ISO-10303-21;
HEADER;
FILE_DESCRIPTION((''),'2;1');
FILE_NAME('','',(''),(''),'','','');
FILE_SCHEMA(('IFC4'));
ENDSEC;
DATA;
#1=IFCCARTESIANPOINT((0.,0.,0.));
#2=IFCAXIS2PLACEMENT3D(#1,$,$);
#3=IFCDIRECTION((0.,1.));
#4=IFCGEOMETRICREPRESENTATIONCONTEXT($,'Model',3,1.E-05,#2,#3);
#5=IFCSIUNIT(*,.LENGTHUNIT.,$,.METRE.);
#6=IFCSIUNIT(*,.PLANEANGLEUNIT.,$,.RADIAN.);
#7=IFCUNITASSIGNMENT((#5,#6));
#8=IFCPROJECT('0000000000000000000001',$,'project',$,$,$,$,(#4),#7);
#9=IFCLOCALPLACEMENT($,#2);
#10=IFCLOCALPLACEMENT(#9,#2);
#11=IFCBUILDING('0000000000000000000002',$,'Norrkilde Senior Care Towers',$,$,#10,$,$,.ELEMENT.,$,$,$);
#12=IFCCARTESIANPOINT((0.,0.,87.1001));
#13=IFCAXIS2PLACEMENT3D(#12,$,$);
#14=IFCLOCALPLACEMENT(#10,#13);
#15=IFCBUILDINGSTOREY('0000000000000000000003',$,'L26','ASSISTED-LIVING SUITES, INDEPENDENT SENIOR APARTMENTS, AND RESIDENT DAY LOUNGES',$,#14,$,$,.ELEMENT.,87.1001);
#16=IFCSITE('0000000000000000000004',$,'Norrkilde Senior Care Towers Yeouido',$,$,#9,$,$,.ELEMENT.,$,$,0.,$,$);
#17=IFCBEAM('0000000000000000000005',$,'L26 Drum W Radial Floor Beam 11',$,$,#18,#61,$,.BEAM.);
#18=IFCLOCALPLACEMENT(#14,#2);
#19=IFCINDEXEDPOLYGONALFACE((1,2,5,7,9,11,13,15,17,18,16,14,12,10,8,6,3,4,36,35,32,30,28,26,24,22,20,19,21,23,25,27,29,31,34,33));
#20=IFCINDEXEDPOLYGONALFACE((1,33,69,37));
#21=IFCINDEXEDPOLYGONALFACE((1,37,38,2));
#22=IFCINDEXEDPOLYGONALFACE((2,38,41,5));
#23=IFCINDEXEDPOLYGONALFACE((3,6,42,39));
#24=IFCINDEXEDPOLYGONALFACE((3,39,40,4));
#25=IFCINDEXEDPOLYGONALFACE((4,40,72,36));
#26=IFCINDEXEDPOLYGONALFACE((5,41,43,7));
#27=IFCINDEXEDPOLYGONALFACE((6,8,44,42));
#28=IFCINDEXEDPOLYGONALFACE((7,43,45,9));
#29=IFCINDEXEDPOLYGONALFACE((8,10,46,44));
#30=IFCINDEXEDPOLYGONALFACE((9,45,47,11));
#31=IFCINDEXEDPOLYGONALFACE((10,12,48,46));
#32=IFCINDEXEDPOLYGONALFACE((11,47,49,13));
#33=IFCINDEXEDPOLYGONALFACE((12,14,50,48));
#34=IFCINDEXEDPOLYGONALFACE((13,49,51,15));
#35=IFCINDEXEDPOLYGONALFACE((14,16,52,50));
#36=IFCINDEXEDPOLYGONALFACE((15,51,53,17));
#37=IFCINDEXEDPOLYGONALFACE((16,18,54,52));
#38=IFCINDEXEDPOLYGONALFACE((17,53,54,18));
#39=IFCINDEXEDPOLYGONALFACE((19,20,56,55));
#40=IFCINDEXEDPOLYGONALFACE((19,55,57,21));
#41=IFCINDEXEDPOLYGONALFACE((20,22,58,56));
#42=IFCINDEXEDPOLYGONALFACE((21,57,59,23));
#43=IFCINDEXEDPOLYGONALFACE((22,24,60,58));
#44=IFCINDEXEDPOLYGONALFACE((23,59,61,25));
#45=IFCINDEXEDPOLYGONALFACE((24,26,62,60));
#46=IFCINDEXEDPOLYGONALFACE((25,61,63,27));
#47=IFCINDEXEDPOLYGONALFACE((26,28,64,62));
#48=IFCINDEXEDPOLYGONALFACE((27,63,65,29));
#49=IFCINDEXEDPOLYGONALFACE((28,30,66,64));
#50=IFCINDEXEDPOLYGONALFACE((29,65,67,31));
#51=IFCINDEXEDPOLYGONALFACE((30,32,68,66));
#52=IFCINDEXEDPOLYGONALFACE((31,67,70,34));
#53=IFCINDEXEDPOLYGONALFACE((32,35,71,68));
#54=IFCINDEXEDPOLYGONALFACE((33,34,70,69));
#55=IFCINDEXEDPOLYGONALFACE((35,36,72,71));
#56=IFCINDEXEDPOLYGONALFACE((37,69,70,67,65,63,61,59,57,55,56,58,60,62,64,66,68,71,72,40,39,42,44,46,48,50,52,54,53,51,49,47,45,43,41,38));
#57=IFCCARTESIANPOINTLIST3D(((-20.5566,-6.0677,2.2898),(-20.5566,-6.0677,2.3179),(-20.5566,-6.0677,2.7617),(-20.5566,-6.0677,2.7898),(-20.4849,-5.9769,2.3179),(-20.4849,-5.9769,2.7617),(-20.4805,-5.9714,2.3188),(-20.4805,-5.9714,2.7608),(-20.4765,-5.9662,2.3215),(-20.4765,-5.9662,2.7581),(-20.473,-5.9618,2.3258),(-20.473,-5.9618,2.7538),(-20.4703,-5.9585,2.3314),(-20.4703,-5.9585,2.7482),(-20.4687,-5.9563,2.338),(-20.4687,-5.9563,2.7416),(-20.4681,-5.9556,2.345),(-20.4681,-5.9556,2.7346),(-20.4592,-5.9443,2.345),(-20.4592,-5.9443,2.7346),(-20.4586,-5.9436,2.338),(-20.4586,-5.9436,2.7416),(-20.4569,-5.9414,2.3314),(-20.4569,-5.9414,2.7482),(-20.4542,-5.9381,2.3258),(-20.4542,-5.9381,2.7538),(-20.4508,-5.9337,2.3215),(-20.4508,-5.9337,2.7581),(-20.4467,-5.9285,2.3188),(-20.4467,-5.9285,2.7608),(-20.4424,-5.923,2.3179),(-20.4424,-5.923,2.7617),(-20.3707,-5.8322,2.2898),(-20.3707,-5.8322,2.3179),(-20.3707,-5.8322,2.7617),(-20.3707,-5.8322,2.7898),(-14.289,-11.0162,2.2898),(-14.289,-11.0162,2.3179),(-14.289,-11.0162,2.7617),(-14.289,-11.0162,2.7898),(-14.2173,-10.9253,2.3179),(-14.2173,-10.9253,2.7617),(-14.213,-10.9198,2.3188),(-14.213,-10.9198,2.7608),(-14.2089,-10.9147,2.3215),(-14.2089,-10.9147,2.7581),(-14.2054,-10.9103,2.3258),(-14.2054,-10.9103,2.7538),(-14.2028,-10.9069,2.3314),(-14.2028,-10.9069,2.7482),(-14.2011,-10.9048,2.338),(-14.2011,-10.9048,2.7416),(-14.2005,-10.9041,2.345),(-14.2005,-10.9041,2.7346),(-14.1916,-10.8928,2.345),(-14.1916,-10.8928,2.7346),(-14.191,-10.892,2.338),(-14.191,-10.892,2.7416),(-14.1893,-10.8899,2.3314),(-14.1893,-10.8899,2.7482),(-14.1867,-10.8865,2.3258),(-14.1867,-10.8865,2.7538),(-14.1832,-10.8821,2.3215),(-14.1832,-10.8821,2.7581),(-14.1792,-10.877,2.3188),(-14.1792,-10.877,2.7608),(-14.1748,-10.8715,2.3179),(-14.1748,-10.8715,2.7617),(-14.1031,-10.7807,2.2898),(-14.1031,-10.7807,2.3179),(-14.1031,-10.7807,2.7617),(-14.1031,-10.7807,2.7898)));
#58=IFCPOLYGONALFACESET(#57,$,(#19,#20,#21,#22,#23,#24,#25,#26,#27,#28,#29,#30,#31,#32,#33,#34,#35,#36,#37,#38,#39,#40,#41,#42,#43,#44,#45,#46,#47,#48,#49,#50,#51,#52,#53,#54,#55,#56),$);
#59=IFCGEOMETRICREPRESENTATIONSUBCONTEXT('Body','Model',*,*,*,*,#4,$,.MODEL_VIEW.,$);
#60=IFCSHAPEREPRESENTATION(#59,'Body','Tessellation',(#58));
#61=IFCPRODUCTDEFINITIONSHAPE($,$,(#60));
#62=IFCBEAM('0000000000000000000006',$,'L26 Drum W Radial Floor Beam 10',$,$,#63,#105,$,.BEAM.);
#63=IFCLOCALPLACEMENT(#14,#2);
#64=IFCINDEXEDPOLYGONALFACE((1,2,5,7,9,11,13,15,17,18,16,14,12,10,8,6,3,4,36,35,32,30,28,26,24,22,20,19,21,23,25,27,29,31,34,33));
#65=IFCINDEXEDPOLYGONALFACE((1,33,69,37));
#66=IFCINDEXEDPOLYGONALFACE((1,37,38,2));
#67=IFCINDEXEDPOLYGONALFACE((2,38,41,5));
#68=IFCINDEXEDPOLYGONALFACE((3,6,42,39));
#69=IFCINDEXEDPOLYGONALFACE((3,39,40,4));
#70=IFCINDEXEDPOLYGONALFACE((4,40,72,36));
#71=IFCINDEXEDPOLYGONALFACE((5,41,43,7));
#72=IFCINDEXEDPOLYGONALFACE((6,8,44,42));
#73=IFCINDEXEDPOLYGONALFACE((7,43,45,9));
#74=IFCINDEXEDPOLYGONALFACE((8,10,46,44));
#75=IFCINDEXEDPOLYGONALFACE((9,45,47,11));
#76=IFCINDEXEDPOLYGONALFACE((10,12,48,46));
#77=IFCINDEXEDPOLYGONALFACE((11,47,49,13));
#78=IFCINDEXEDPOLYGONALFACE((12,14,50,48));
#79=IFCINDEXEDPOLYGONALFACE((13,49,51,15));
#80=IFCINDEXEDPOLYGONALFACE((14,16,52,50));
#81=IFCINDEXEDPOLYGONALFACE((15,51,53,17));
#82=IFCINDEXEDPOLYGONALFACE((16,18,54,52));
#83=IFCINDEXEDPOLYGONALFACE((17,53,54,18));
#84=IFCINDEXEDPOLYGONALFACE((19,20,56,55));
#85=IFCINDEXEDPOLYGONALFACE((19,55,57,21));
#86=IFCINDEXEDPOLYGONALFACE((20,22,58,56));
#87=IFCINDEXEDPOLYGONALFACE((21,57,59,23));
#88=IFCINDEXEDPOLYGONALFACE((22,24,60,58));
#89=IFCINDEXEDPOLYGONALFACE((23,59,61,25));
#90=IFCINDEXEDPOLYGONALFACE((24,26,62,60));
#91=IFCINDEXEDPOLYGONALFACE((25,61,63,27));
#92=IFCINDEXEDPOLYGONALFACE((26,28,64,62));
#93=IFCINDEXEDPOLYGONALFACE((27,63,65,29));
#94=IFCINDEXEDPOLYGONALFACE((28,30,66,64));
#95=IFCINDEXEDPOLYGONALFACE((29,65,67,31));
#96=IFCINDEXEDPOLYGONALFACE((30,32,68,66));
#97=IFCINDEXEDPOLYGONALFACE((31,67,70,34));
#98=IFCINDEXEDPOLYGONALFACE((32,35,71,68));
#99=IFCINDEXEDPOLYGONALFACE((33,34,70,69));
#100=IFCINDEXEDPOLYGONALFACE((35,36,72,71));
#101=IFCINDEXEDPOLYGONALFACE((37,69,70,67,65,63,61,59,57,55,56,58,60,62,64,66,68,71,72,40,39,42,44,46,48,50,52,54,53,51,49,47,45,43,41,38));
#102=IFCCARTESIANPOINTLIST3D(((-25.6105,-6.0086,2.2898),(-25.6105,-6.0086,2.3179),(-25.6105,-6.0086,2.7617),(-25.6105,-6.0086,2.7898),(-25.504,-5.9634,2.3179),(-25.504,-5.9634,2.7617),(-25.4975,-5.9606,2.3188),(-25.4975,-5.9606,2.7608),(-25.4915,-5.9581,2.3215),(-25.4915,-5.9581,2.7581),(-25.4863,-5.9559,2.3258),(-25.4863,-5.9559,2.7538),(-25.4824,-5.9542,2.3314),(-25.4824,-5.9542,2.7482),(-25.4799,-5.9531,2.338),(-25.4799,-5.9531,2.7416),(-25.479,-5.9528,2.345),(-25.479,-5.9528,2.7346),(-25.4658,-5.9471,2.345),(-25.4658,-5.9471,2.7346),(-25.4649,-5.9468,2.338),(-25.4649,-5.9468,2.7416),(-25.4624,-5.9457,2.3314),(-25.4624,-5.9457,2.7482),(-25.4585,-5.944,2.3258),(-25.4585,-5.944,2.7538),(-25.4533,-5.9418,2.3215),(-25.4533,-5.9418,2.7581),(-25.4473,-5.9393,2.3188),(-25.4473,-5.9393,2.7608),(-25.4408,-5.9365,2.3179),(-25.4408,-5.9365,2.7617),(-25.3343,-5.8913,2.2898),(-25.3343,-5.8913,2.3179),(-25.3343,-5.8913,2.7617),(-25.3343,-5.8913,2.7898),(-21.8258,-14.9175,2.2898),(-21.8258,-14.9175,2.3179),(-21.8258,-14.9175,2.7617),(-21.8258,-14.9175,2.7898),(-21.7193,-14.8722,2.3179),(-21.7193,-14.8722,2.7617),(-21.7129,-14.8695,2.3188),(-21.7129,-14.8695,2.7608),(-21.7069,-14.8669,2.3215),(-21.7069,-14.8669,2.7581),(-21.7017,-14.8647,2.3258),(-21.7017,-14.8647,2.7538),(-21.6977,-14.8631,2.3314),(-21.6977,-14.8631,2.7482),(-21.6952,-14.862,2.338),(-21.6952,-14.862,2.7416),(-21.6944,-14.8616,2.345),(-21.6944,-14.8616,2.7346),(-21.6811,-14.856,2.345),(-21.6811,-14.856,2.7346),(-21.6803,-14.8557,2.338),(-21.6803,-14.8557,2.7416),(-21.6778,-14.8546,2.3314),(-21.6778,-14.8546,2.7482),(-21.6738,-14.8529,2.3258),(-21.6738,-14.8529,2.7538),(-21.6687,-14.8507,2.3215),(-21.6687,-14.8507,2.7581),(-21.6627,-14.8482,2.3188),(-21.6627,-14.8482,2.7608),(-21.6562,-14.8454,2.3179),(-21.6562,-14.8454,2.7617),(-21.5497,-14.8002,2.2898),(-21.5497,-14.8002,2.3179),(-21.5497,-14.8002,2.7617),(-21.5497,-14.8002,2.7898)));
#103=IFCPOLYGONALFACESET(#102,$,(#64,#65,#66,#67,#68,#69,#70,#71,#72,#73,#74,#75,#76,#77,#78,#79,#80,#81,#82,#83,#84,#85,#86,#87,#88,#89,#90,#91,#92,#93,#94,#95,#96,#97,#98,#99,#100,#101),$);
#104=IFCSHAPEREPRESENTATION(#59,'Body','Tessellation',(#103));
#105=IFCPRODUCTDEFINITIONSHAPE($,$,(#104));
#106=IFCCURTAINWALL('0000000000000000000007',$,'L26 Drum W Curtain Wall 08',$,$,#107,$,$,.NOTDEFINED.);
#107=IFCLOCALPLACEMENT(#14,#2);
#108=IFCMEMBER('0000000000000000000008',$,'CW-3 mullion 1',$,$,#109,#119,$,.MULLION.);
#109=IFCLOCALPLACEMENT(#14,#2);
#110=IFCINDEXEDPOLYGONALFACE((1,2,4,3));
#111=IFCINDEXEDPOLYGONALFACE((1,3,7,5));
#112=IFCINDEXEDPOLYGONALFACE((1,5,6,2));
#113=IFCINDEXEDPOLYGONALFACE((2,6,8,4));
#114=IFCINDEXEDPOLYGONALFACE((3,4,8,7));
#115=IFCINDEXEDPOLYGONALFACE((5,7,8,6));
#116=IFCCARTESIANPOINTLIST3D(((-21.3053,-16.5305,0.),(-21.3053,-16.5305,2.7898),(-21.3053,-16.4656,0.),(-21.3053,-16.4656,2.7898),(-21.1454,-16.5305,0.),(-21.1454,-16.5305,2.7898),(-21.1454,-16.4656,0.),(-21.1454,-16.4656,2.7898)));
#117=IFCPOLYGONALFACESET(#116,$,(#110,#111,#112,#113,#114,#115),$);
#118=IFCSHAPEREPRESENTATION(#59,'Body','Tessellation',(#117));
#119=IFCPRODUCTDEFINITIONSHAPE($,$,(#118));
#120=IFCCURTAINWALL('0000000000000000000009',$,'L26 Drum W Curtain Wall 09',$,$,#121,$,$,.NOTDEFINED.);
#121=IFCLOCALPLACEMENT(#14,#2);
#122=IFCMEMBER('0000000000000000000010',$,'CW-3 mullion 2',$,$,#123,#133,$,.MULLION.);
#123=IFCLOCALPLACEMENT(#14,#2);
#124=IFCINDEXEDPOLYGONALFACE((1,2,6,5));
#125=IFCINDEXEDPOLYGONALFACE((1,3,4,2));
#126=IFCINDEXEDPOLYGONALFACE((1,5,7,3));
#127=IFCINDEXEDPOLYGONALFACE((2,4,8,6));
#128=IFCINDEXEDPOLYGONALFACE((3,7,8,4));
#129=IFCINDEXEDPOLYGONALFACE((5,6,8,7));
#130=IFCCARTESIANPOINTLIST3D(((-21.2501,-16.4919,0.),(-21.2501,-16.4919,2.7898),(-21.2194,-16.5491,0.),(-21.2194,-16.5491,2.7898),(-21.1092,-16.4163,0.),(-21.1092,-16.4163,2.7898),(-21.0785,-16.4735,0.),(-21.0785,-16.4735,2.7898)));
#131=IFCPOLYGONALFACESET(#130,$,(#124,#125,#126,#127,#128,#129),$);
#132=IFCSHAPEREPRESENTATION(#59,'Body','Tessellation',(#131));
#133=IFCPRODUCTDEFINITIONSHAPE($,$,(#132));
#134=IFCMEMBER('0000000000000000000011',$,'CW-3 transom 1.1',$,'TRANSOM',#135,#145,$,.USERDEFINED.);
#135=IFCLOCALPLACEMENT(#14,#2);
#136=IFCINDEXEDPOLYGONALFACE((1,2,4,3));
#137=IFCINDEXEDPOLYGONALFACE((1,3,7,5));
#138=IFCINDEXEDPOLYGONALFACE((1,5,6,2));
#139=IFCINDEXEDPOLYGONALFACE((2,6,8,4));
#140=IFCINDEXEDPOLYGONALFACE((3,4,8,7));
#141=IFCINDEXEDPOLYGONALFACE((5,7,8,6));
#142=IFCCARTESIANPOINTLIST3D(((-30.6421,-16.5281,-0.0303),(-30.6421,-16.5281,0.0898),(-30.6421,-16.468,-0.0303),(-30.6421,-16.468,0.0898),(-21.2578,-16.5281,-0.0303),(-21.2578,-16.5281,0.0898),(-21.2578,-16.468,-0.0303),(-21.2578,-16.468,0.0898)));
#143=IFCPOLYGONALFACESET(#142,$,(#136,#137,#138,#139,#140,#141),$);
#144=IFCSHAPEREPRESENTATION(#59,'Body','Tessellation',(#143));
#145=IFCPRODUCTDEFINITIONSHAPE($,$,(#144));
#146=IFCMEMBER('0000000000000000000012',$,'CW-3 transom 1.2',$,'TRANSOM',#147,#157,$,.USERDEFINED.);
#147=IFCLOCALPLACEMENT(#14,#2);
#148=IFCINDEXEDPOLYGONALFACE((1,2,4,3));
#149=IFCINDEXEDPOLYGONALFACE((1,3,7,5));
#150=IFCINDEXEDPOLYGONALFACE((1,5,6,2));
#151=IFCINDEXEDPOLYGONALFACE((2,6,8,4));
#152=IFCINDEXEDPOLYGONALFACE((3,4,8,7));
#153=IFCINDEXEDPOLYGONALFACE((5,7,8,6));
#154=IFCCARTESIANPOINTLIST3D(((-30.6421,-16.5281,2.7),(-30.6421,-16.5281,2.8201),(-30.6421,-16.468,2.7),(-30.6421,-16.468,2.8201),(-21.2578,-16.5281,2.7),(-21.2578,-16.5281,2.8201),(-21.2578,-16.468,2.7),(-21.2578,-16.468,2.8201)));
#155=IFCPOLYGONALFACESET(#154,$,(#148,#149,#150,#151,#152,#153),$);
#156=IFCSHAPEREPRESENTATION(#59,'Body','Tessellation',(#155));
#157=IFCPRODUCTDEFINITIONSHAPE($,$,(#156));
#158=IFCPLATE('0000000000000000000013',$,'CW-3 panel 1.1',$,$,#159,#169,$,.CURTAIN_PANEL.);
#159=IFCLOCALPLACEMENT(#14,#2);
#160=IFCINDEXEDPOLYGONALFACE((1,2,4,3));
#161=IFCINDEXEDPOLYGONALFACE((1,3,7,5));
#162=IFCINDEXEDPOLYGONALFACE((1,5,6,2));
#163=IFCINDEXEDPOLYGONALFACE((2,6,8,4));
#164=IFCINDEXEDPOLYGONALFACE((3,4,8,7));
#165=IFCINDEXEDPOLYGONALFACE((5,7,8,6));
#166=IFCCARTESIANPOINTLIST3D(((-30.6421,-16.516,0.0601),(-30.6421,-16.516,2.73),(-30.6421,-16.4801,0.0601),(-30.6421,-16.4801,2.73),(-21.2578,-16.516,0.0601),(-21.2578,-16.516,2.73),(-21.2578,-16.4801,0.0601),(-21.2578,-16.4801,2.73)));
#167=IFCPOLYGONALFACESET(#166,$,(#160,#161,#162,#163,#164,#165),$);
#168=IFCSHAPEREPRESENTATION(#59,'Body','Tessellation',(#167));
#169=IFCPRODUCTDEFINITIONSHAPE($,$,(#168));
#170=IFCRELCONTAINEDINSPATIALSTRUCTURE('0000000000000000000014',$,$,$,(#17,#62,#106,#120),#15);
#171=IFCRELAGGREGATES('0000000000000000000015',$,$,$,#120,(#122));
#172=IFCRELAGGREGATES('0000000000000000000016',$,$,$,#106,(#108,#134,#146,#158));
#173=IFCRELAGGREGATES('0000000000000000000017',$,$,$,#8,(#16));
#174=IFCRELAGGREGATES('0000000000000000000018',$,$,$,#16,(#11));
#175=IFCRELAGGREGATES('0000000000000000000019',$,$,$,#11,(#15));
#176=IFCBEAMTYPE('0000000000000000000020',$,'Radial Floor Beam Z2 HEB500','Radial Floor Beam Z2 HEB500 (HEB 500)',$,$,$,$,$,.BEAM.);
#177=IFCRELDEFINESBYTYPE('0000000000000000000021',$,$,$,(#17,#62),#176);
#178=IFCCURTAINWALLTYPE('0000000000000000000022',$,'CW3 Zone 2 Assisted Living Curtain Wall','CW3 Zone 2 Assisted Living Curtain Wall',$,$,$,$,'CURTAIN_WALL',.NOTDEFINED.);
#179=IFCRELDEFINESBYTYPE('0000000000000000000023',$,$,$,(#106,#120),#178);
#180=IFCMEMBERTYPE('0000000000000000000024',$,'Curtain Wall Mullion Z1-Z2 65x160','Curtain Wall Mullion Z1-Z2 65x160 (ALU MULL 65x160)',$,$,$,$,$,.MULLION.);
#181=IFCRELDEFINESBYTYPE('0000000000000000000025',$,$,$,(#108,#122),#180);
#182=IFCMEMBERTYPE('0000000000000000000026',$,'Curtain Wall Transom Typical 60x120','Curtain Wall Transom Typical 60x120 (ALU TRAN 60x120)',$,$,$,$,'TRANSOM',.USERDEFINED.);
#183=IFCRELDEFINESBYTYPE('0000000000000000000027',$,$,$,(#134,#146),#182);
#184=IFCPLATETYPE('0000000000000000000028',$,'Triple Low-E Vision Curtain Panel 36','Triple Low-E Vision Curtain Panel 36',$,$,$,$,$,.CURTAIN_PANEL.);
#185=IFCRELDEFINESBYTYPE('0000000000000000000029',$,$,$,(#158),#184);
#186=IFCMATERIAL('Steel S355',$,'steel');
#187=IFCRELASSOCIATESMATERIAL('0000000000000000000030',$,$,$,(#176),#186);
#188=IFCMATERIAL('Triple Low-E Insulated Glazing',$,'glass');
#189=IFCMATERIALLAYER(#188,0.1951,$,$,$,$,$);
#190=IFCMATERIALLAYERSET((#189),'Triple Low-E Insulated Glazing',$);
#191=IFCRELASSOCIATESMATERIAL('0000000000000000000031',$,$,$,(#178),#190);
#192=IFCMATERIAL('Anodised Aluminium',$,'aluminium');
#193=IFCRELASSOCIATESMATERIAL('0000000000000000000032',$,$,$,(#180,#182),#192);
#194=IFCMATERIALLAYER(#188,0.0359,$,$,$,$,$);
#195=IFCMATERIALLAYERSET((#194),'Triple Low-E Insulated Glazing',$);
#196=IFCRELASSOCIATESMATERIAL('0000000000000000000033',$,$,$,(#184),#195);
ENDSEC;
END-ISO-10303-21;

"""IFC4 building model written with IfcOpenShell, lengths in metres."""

from ifc_helpers import new_model, si_unit, direction, frame, origin, origin_2d, place, context, subcontext, project, spatial, rectangle, i_section, extrude, source, transform, mapped, material, layer, layer_set, material_profile, profile_set, type_object, type_shapes, element, aggregate, save


model = new_model("IFC4")

# Units and contexts
model_context = context("Model", 3, precision=1e-05, world=origin(), true_north=direction((0.0, 1.0)))
body_context = subcontext(model_context, "Body", "Model", "MODEL_VIEW")
ifc_project = project(units=[si_unit("LENGTHUNIT", "METRE"), si_unit("PLANEANGLEUNIT", "RADIAN")], contexts=[model_context])

# Site, building, storey
site_placement = place(None, origin())
site = spatial("IfcSite", under=ifc_project, at=site_placement, Name="Norrkilde Senior Care Towers Yeouido", CompositionType="ELEMENT", RefElevation=0.0)
building_placement = place(site_placement, origin())
building = spatial("IfcBuilding", under=site, at=building_placement, Name="Norrkilde Senior Care Towers", CompositionType="ELEMENT")
storey_placement = place(building_placement, frame((0.0, 0.0, 87.1001)))
storey = spatial("IfcBuildingStorey", under=building, at=storey_placement, Name="L26", Description="ASSISTED-LIVING SUITES, INDEPENDENT SENIOR APARTMENTS, AND RESIDENT DAY LOUNGES", CompositionType="ELEMENT", Elevation=87.1001)

# Beams
ifc_material_1 = material(Name="Steel S355", Category="steel")
ifc_material_profile_1 = material_profile(ifc_material_1, i_section(OverallWidth=0.3, OverallDepth=0.5, WebThickness=0.0144, FlangeThickness=0.0281, FilletRadius=0.0271, at=origin_2d()), Name="HEB 500")
ifc_profile_set_1 = profile_set([ifc_material_profile_1], Name="Steel S355")
beam_type_1 = type_object("IfcBeamType", Name="Radial Floor Beam Z2 HEB500", Description="Radial Floor Beam Z2 HEB500 (HEB 500)", PredefinedType="BEAM", material=ifc_profile_set_1)
shared_shape_1 = source(origin(), body_context, "Body", "SweptSolid", [
    extrude(i_section(OverallWidth=0.3, OverallDepth=0.5, WebThickness=0.0144, FlangeThickness=0.0281, FilletRadius=0.0271, at=origin_2d()), origin(), (0.0, 0.0, 1.0), 7.9856),
])
beam_1_placement = place(storey_placement, frame((-20.4636, -5.95, 2.5398), z_axis=(0.784859, -0.619675, 0.0), x_axis=(0.619675, 0.784859, 0.0)))
element("IfcBeam", 1, at=beam_1_placement, inside=storey, type_object=beam_type_1, Name="L26 Drum W Radial Floor Beam 11", PredefinedType="BEAM", context=body_context, shape_type="MappedRepresentation", body=[
    mapped(shared_shape_1, transform((0.0, 0.0, 0.0), x_axis=(1.0, 0.0, 0.0), y_axis=(0.0, 1.0, 0.0), z_axis=(0.0, 0.0, 1.0), scale=1.0)),
])
shared_shape_2 = source(origin(), body_context, "Body", "SweptSolid", [
    extrude(i_section(OverallWidth=0.3, OverallDepth=0.5, WebThickness=0.0144, FlangeThickness=0.0281, FilletRadius=0.0271, at=origin_2d()), origin(), (0.0, 0.0, 1.0), 9.6794),
])
beam_2_placement = place(storey_placement, frame((-25.4724, -5.95, 2.5398), z_axis=(0.390998, -0.920392, 0.0), x_axis=(0.920392, 0.390998, 0.0)))
element("IfcBeam", 2, at=beam_2_placement, inside=storey, type_object=beam_type_1, Name="L26 Drum W Radial Floor Beam 10", PredefinedType="BEAM", context=body_context, shape_type="MappedRepresentation", body=[
    mapped(shared_shape_2, transform((0.0, 0.0, 0.0), x_axis=(1.0, 0.0, 0.0), y_axis=(0.0, 1.0, 0.0), z_axis=(0.0, 0.0, 1.0), scale=1.0)),
])

# Curtain walls, members
ifc_material_2 = material(Name="Triple Low-E Insulated Glazing", Category="glass")
ifc_layer_1 = layer(ifc_material_2, 0.1951)
ifc_layer_set_1 = layer_set([ifc_layer_1], Name="Triple Low-E Insulated Glazing")
curtain_wall_type = type_object("IfcCurtainWallType", Name="CW3 Zone 2 Assisted Living Curtain Wall", Description="CW3 Zone 2 Assisted Living Curtain Wall", ElementType="CURTAIN_WALL", PredefinedType="NOTDEFINED", material=ifc_layer_set_1)
curtain_wall_1_placement = place(storey_placement, origin())
curtain_wall_1 = element("IfcCurtainWall", 3, at=curtain_wall_1_placement, inside=storey, type_object=curtain_wall_type, Name="L26 Drum W Curtain Wall 08", PredefinedType="NOTDEFINED")
ifc_material_3 = material(Name="Anodised Aluminium", Category="aluminium")
ifc_material_profile_2 = material_profile(ifc_material_3, rectangle(XDim=0.0649, YDim=0.1599, at=origin_2d()), Name="ALU MULL 65x160")
ifc_profile_set_2 = profile_set([ifc_material_profile_2], Name="Anodised Aluminium")
member_type_1 = type_object("IfcMemberType", Name="Curtain Wall Mullion Z1-Z2 65x160", Description="Curtain Wall Mullion Z1-Z2 65x160 (ALU MULL 65x160)", PredefinedType="MULLION", material=ifc_profile_set_2)
shared_shape_3 = source(origin(), body_context, "Body", "SweptSolid", [
    extrude(rectangle(XDim=0.0649, YDim=0.1599, at=origin_2d()), origin(), (0.0, 0.0, 1.0), 2.7898),
])
type_shapes(member_type_1, [shared_shape_3])
member_1_placement = place(storey_placement, frame((-21.2253, -16.498, 0.0), z_axis=(0.0, 0.0, 1.0), x_axis=(0.0, -1.0, 0.0)))
member_1 = element("IfcMember", 4, at=member_1_placement, type_object=member_type_1, Name="CW-3 mullion 1", PredefinedType="MULLION", context=body_context, shape_type="MappedRepresentation", body=[
    mapped(shared_shape_3, transform((0.0, 0.0, 0.0), x_axis=(1.0, 0.0, 0.0), y_axis=(0.0, 1.0, 0.0), z_axis=(0.0, 0.0, 1.0), scale=1.0)),
])
curtain_wall_2_placement = place(storey_placement, origin())
curtain_wall_2 = element("IfcCurtainWall", 5, at=curtain_wall_2_placement, inside=storey, type_object=curtain_wall_type, Name="L26 Drum W Curtain Wall 09", PredefinedType="NOTDEFINED")
member_2_placement = place(storey_placement, frame((-21.1643, -16.4827, 0.0), z_axis=(0.0, 0.0, 1.0), x_axis=(0.472769, -0.881186, 0.0)))
member_2 = element("IfcMember", 6, at=member_2_placement, type_object=member_type_1, Name="CW-3 mullion 2", PredefinedType="MULLION", context=body_context, shape_type="MappedRepresentation", body=[
    mapped(shared_shape_3, transform((0.0, 0.0, 0.0), x_axis=(1.0, 0.0, 0.0), y_axis=(0.0, 1.0, 0.0), z_axis=(0.0, 0.0, 1.0), scale=1.0)),
])
aggregate(curtain_wall_2, [member_2])

# Members
ifc_material_profile_3 = material_profile(ifc_material_3, rectangle(XDim=0.0601, YDim=0.1201, at=origin_2d()), Name="ALU TRAN 60x120")
ifc_profile_set_3 = profile_set([ifc_material_profile_3], Name="Anodised Aluminium")
member_type_2 = type_object("IfcMemberType", Name="Curtain Wall Transom Typical 60x120", Description="Curtain Wall Transom Typical 60x120 (ALU TRAN 60x120)", ElementType="TRANSOM", PredefinedType="USERDEFINED", material=ifc_profile_set_3)
shared_shape_4 = source(origin(), body_context, "Body", "SweptSolid", [
    extrude(rectangle(XDim=0.0601, YDim=0.1201, at=origin_2d()), origin(), (0.0, 0.0, 1.0), 9.3843),
])
type_shapes(member_type_2, [shared_shape_4])
member_3_placement = place(storey_placement, frame((-21.2578, -16.498, 0.0298), z_axis=(-1.0, 0.0, 0.0), x_axis=(0.0, -1.0, 0.0)))
member_3 = element("IfcMember", 7, at=member_3_placement, type_object=member_type_2, Name="CW-3 transom 1.1", ObjectType="TRANSOM", PredefinedType="USERDEFINED", context=body_context, shape_type="MappedRepresentation", body=[
    mapped(shared_shape_4, transform((0.0, 0.0, 0.0), x_axis=(1.0, 0.0, 0.0), y_axis=(0.0, 1.0, 0.0), z_axis=(0.0, 0.0, 1.0), scale=1.0)),
])
member_4_placement = place(storey_placement, frame((-21.2578, -16.498, 2.76), z_axis=(-1.0, 0.0, 0.0), x_axis=(0.0, -1.0, 0.0)))
member_4 = element("IfcMember", 8, at=member_4_placement, type_object=member_type_2, Name="CW-3 transom 1.2", ObjectType="TRANSOM", PredefinedType="USERDEFINED", context=body_context, shape_type="MappedRepresentation", body=[
    mapped(shared_shape_4, transform((0.0, 0.0, 0.0), x_axis=(1.0, 0.0, 0.0), y_axis=(0.0, 1.0, 0.0), z_axis=(0.0, 0.0, 1.0), scale=1.0)),
])

# Plate
ifc_layer_2 = layer(ifc_material_2, 0.0359)
ifc_layer_set_2 = layer_set([ifc_layer_2], Name="Triple Low-E Insulated Glazing")
plate_type = type_object("IfcPlateType", Name="Triple Low-E Vision Curtain Panel 36", Description="Triple Low-E Vision Curtain Panel 36", PredefinedType="CURTAIN_PANEL", material=ifc_layer_set_2)
shared_shape_5 = source(origin(), body_context, "Body", "SweptSolid", [
    extrude(rectangle(XDim=9.3843, YDim=0.0359, at=origin_2d()), origin(), (0.0, 0.0, 1.0), 2.6699),
])
type_shapes(plate_type, [shared_shape_5])
plate_placement = place(storey_placement, frame((-25.95, -16.498, 0.0601), z_axis=(0.0, 0.0, 1.0), x_axis=(-1.0, 0.0, 0.0)))
plate = element("IfcPlate", 9, at=plate_placement, type_object=plate_type, Name="CW-3 panel 1.1", PredefinedType="CURTAIN_PANEL", context=body_context, shape_type="MappedRepresentation", body=[
    mapped(shared_shape_5, transform((0.0, 0.0, 0.0), x_axis=(1.0, 0.0, 0.0), y_axis=(0.0, 1.0, 0.0), z_axis=(0.0, 0.0, 1.0), scale=1.0)),
])
aggregate(curtain_wall_1, [member_1, member_3, member_4, plate])

save(model, "model.ifc")
